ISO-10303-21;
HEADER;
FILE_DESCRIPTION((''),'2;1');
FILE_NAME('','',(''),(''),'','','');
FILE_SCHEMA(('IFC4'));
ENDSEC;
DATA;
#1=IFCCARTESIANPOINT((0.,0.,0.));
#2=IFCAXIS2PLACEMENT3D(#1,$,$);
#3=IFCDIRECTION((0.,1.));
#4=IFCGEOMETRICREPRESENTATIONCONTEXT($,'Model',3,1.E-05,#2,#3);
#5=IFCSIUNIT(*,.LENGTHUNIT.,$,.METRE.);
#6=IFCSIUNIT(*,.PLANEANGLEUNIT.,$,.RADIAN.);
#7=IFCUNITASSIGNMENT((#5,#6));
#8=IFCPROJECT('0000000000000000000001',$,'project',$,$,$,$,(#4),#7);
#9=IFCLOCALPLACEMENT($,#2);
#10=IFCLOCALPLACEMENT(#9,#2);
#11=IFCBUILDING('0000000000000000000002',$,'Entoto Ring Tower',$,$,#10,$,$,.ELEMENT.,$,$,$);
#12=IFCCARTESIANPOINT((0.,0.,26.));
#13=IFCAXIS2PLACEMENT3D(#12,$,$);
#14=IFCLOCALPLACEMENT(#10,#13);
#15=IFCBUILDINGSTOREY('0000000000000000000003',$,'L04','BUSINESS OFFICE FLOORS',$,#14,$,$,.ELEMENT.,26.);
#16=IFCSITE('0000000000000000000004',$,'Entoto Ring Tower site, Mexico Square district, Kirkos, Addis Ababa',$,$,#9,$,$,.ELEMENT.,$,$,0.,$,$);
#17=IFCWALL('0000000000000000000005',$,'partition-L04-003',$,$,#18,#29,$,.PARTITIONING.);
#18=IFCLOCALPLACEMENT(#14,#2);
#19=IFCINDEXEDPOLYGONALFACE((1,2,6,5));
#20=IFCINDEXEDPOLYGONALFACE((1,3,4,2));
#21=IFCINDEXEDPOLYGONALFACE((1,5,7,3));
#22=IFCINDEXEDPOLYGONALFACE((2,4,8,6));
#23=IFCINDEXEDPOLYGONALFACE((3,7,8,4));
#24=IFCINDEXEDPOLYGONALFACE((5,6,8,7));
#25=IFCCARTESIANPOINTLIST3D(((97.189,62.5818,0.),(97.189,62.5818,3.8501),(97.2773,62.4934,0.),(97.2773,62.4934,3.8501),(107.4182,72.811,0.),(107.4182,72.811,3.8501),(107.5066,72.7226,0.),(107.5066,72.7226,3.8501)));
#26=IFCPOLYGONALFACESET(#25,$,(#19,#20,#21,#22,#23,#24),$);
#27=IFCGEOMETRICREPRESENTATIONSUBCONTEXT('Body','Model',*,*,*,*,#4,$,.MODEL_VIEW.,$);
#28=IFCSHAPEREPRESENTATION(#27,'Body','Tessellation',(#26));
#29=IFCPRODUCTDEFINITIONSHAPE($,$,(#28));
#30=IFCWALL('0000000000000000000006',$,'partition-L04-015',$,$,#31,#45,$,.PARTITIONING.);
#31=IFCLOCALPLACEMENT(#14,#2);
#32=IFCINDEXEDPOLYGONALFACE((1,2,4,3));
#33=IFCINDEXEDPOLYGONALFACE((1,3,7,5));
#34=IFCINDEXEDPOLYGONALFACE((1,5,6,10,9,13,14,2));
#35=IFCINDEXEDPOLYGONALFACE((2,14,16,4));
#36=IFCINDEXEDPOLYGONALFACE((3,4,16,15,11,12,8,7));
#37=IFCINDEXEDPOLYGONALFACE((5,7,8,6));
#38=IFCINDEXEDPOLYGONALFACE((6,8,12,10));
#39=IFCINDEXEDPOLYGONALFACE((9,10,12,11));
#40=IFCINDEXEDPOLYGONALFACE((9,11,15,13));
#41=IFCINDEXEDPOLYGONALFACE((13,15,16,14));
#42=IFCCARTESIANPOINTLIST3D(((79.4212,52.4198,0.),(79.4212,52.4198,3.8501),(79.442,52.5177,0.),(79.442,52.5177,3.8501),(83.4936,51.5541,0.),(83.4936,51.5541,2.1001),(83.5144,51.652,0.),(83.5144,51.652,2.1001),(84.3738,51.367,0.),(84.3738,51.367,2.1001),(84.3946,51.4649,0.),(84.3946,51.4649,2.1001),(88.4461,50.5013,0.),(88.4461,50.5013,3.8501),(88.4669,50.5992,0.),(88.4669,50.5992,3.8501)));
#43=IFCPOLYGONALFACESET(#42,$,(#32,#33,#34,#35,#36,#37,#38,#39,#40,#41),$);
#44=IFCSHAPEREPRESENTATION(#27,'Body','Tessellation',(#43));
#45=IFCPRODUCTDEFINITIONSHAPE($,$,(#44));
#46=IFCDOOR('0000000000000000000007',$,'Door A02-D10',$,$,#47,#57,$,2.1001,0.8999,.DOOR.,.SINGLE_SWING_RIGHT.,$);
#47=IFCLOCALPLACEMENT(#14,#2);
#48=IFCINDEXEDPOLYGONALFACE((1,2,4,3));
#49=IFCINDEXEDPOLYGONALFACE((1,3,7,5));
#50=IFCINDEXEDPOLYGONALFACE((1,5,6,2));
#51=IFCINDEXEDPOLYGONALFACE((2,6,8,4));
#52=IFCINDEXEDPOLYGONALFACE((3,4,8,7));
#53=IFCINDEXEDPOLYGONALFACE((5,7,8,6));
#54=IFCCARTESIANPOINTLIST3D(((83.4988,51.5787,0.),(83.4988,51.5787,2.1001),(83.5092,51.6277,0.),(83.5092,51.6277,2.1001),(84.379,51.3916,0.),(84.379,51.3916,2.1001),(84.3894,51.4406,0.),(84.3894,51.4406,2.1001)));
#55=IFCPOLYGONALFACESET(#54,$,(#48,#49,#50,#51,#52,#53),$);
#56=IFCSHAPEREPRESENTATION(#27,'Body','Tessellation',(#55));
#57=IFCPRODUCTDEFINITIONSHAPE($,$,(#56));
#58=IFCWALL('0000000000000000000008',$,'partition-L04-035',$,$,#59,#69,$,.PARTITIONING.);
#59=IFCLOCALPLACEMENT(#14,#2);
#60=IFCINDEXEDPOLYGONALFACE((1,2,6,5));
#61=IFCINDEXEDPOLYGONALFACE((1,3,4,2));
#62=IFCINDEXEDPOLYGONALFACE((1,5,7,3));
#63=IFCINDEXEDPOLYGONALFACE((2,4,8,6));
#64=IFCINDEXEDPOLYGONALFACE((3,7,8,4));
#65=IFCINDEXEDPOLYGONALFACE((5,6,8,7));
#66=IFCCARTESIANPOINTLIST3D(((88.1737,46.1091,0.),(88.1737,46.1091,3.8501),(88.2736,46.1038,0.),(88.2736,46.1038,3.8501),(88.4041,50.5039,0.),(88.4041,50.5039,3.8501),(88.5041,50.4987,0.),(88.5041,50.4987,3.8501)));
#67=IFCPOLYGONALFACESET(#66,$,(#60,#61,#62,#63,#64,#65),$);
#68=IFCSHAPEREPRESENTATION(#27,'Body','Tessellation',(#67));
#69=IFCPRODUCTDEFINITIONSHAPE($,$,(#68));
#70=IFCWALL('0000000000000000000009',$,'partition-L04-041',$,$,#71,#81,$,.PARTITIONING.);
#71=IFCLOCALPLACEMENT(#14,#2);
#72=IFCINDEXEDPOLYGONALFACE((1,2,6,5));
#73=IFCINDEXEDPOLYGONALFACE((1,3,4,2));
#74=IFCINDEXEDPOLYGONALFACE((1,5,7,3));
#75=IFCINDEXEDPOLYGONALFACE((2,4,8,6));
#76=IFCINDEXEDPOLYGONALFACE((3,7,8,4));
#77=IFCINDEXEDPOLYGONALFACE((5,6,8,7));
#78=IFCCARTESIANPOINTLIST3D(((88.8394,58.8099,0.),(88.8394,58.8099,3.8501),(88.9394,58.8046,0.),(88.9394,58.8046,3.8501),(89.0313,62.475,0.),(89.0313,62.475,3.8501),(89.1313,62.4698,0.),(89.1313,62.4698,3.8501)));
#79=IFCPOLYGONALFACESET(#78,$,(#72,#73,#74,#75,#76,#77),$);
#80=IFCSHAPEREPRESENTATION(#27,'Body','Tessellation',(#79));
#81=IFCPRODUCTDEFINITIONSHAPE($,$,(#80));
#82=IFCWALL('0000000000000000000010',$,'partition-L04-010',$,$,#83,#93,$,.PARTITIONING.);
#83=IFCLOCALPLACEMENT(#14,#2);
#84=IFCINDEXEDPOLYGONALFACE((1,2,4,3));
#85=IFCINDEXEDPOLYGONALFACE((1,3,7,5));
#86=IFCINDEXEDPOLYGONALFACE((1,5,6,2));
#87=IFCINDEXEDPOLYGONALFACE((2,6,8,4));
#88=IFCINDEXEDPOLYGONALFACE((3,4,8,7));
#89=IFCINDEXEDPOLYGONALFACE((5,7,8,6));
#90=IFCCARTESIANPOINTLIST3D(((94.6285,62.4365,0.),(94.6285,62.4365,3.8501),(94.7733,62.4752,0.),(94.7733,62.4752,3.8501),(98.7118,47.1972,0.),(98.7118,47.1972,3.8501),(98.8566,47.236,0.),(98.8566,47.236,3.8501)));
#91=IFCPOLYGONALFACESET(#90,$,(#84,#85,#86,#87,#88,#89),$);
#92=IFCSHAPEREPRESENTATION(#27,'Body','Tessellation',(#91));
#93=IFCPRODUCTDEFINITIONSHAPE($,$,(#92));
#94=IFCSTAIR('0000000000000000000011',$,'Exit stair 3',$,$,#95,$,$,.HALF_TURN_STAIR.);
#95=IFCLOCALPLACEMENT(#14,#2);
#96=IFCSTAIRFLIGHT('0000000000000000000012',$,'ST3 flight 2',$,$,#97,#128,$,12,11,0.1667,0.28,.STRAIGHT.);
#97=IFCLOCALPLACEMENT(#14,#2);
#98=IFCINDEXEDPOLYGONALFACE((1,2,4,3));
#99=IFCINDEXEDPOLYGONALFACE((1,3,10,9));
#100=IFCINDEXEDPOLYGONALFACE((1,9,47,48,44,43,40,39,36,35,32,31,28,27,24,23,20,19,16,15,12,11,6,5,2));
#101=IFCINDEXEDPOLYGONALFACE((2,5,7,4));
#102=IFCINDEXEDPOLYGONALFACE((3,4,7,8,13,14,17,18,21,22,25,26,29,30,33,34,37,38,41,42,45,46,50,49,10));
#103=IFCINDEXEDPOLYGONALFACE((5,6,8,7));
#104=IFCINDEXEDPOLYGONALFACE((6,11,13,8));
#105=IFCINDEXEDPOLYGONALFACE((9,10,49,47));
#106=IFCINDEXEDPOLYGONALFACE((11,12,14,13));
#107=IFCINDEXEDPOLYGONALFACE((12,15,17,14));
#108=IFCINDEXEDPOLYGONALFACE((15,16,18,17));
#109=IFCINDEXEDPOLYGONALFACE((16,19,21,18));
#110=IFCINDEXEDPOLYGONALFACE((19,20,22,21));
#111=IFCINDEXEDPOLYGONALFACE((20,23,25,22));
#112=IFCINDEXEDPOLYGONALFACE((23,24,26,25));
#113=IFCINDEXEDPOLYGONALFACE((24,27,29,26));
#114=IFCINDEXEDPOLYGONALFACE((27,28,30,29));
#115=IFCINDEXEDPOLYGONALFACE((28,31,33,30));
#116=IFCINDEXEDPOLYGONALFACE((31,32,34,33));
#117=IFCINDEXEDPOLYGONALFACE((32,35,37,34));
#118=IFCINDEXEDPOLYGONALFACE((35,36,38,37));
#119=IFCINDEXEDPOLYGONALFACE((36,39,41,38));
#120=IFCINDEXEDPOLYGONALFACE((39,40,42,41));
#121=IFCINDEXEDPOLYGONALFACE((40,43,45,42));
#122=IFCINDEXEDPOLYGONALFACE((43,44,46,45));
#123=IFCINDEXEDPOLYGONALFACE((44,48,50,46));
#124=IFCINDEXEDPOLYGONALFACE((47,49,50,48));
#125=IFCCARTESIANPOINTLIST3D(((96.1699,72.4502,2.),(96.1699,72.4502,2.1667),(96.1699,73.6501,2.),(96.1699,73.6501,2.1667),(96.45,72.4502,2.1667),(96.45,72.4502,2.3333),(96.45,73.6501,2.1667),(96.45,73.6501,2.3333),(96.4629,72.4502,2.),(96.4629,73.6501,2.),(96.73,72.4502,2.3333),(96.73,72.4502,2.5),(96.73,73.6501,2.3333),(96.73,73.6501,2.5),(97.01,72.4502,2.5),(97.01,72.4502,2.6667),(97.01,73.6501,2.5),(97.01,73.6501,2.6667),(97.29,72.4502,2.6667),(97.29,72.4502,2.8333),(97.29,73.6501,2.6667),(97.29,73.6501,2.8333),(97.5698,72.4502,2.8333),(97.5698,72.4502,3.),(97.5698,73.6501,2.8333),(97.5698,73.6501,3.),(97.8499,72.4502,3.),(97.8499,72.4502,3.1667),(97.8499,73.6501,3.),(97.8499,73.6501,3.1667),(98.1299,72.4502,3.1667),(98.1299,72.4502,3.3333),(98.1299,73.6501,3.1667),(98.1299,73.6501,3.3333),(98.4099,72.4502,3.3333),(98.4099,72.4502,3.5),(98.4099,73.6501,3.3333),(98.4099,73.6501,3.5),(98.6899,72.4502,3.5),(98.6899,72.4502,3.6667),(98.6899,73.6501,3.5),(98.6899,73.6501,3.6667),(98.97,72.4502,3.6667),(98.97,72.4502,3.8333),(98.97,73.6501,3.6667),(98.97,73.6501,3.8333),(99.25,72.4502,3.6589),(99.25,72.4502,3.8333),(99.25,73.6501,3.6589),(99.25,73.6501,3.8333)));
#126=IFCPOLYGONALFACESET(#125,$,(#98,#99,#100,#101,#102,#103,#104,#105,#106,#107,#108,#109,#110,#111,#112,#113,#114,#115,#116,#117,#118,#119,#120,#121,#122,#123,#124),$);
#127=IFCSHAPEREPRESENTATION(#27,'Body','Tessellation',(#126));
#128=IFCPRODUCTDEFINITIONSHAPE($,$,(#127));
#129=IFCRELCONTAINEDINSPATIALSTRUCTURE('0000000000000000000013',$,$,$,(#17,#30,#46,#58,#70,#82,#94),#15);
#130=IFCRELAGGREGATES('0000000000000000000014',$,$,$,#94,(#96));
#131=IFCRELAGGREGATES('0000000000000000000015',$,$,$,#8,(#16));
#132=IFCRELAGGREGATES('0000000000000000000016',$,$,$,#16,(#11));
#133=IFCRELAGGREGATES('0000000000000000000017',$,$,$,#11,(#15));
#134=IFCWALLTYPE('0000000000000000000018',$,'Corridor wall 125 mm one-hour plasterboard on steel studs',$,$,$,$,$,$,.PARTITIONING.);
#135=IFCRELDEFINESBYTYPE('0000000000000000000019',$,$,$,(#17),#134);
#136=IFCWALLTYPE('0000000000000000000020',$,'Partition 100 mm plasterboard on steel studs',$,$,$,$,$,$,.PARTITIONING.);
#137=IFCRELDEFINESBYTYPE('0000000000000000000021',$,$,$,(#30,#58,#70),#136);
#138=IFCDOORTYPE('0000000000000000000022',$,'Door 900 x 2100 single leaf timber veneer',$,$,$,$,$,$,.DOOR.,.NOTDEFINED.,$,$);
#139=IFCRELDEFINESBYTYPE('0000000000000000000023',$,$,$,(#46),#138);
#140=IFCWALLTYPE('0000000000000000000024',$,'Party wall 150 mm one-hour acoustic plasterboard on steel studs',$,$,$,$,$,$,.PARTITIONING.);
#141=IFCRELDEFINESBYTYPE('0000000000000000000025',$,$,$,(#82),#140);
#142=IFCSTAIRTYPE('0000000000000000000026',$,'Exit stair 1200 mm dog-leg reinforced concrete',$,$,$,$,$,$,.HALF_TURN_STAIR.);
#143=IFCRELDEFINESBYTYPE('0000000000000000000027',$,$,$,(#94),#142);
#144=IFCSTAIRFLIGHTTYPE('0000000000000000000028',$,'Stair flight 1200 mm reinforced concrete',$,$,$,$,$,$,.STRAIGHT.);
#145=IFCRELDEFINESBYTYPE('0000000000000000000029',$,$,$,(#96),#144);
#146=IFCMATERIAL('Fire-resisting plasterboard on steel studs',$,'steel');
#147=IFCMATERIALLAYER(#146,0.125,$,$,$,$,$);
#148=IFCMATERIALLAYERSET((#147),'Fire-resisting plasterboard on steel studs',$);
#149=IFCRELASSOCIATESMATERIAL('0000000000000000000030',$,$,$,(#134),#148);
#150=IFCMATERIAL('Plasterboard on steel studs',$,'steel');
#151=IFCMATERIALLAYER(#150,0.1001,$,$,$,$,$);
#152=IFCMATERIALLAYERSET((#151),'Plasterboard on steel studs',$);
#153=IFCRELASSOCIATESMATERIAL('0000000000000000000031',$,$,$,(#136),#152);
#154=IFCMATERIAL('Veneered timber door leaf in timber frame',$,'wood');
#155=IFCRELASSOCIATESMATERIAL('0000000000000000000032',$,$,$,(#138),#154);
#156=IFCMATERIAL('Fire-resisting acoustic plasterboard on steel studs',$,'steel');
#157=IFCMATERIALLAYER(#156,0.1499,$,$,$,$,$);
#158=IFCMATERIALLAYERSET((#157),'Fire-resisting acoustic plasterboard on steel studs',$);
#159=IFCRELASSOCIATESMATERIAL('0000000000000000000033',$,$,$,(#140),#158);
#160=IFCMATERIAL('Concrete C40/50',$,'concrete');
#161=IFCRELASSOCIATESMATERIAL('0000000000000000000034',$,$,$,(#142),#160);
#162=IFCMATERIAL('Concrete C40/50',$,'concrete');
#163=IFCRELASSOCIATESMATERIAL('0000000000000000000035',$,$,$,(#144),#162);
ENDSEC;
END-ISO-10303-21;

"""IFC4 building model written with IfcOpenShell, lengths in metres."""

from ifc_helpers import new_model, si_unit, direction, frame, frame_2d, origin, place, context, subcontext, project, spatial, polyline, rectangle, outline, extrude, material, layer, layer_set, type_object, element, fill, aggregate, save


model = new_model("IFC4")

# Units and contexts
model_context = context("Model", 3, precision=1e-05, world=origin(), true_north=direction((0.0, 1.0)))
body_context = subcontext(model_context, "Body", "Model", "MODEL_VIEW")
ifc_project = project(units=[si_unit("LENGTHUNIT", "METRE"), si_unit("PLANEANGLEUNIT", "RADIAN")], contexts=[model_context])

# Site, building, storey
site_placement = place(None, origin())
site = spatial("IfcSite", under=ifc_project, at=site_placement, Name="Entoto Ring Tower site, Mexico Square district, Kirkos, Addis Ababa", CompositionType="ELEMENT", RefElevation=0.0)
building_placement = place(site_placement, origin())
building = spatial("IfcBuilding", under=site, at=building_placement, Name="Entoto Ring Tower", CompositionType="ELEMENT")
storey_placement = place(building_placement, frame((0.0, 0.0, 26.0)))
storey = spatial("IfcBuildingStorey", under=building, at=storey_placement, Name="L04", Description="BUSINESS OFFICE FLOORS", CompositionType="ELEMENT", Elevation=26.0)

# Wall
ifc_material_1 = material(Name="Fire-resisting plasterboard on steel studs", Category="steel")
ifc_layer_1 = layer(ifc_material_1, 0.125)
ifc_layer_set_1 = layer_set([ifc_layer_1], Name="Fire-resisting plasterboard on steel studs")
wall_type_1 = type_object("IfcWallType", Name="Corridor wall 125 mm one-hour plasterboard on steel studs", PredefinedType="PARTITIONING", material=ifc_layer_set_1)
wall_1_placement = place(storey_placement, frame((97.2332, 62.5376, 0.0), z_axis=(0.0, 0.0, 1.0), x_axis=(0.707107, 0.707107, 0.0)))
element("IfcWall", 1, at=wall_1_placement, inside=storey, type_object=wall_type_1, Name="partition-L04-003", PredefinedType="PARTITIONING", context=body_context, shape_type="SweptSolid", body=[
    extrude(rectangle(XDim=14.4663, YDim=0.125, at=frame_2d((7.2332, 0.0))), origin(), (0.0, 0.0, 1.0), 3.8501),
])

# Wall, opening, door
ifc_material_2 = material(Name="Plasterboard on steel studs", Category="steel")
ifc_layer_2 = layer(ifc_material_2, 0.1001)
ifc_layer_set_2 = layer_set([ifc_layer_2], Name="Plasterboard on steel studs")
wall_type_2 = type_object("IfcWallType", Name="Partition 100 mm plasterboard on steel studs", PredefinedType="PARTITIONING", material=ifc_layer_set_2)
wall_2_placement = place(storey_placement, frame((88.4565, 50.5503, 0.0), z_axis=(0.0, 0.0, 1.0), x_axis=(-0.978144, 0.207928, 0.0)))
wall_2 = element("IfcWall", 2, at=wall_2_placement, inside=storey, type_object=wall_type_2, Name="partition-L04-015", PredefinedType="PARTITIONING", context=body_context, shape_type="SweptSolid", body=[
    extrude(rectangle(XDim=9.2266, YDim=0.1001, at=frame_2d((4.6133, 0.0))), origin(), (0.0, 0.0, 1.0), 3.8501),
])
opening_1_placement = place(wall_2_placement, frame((4.1633, 0.0, 0.0)))
opening_1 = element("IfcOpeningElement", 3, at=opening_1_placement, cuts=wall_2, PredefinedType="OPENING", context=body_context, shape_type="SweptSolid", body=[
    extrude(rectangle(XDim=0.8999, YDim=2.1001, at=frame_2d((0.45, 1.05))), frame((0.0, 0.0601, 0.0), z_axis=(0.0, -1.0, 0.0), x_axis=(1.0, 0.0, 0.0)), (0.0, 0.0, 1.0), 0.1201),
])
ifc_material_3 = material(Name="Veneered timber door leaf in timber frame", Category="wood")
door_type_1 = type_object("IfcDoorType", Name="Door 900 x 2100 single leaf timber veneer", OperationType="NOTDEFINED", PredefinedType="DOOR", material=ifc_material_3)
door_1_placement = place(opening_1_placement, origin())
door_1 = element("IfcDoor", 4, at=door_1_placement, inside=storey, type_object=door_type_1, Name="Door A02-D10", OperationType="SINGLE_SWING_RIGHT", OverallHeight=2.1001, OverallWidth=0.8999, PredefinedType="DOOR", context=body_context, shape_type="SweptSolid", body=[
    extrude(rectangle(XDim=0.8999, YDim=2.1001, at=frame_2d((0.45, 1.05))), frame((0.0, 0.0249, 0.0), z_axis=(0.0, -1.0, 0.0), x_axis=(1.0, 0.0, 0.0)), (0.0, 0.0, 1.0), 0.05),
])
fill(opening_1, door_1)

# Walls
wall_3_placement = place(storey_placement, frame((88.2236, 46.1064, 0.0), z_axis=(0.0, 0.0, 1.0), x_axis=(0.05237, 0.998628, 0.0)))
element("IfcWall", 5, at=wall_3_placement, inside=storey, type_object=wall_type_2, Name="partition-L04-035", PredefinedType="PARTITIONING", context=body_context, shape_type="SweptSolid", body=[
    extrude(rectangle(XDim=4.4009, YDim=0.1001, at=frame_2d((2.2004, 0.0))), origin(), (0.0, 0.0, 1.0), 3.8501),
])
wall_4_placement = place(storey_placement, frame((88.8894, 58.8074, 0.0), z_axis=(0.0, 0.0, 1.0), x_axis=(0.052286, 0.998632, 0.0)))
element("IfcWall", 6, at=wall_4_placement, inside=storey, type_object=wall_type_2, Name="partition-L04-041", PredefinedType="PARTITIONING", context=body_context, shape_type="SweptSolid", body=[
    extrude(rectangle(XDim=3.6702, YDim=0.1001, at=frame_2d((1.835, 0.0))), origin(), (0.0, 0.0, 1.0), 3.8501),
])
ifc_material_4 = material(Name="Fire-resisting acoustic plasterboard on steel studs", Category="steel")
ifc_layer_3 = layer(ifc_material_4, 0.1499)
ifc_layer_set_3 = layer_set([ifc_layer_3], Name="Fire-resisting acoustic plasterboard on steel studs")
wall_type_3 = type_object("IfcWallType", Name="Party wall 150 mm one-hour acoustic plasterboard on steel studs", PredefinedType="PARTITIONING", material=ifc_layer_set_3)
wall_5_placement = place(storey_placement, frame((98.7842, 47.2166, 0.0), z_axis=(0.0, 0.0, 1.0), x_axis=(-0.258813, 0.965927, 0.0)))
element("IfcWall", 7, at=wall_5_placement, inside=storey, type_object=wall_type_3, Name="partition-L04-010", PredefinedType="PARTITIONING", context=body_context, shape_type="SweptSolid", body=[
    extrude(rectangle(XDim=15.7769, YDim=0.1499, at=frame_2d((7.8884, 0.0))), origin(), (0.0, 0.0, 1.0), 3.8501),
])

# Stair, stair flight
ifc_material_5 = material(Name="Concrete C40/50", Category="concrete")
stair_type = type_object("IfcStairType", Name="Exit stair 1200 mm dog-leg reinforced concrete", PredefinedType="HALF_TURN_STAIR", material=ifc_material_5)
stair_placement = place(storey_placement, origin())
stair = element("IfcStair", 8, at=stair_placement, inside=storey, type_object=stair_type, Name="Exit stair 3", PredefinedType="HALF_TURN_STAIR")
ifc_material_6 = material(Name="Concrete C40/50", Category="concrete")
stair_flight_type = type_object("IfcStairFlightType", Name="Stair flight 1200 mm reinforced concrete", PredefinedType="STRAIGHT", material=ifc_material_6)
stair_flight_placement = place(storey_placement, frame((96.1699, 73.05, 2.0), z_axis=(0.0, 0.0, 1.0), x_axis=(1.0, 0.0, 0.0)))
stair_flight = element("IfcStairFlight", 9, at=stair_flight_placement, type_object=stair_flight_type, Name="ST3 flight 2", NumberOfRisers=12, NumberOfTreads=11, PredefinedType="STRAIGHT", RiserHeight=0.1667, TreadLength=0.28, context=body_context, shape_type="SweptSolid", body=[
    extrude(outline(polyline([(0.0, 0.0), (0.0, 0.1667), (0.28, 0.1667), (0.28, 0.3333), (0.5601, 0.3333), (0.5601, 0.5), (0.8401, 0.5), (0.8401, 0.6667), (1.1201, 0.6667), (1.1201, 0.8333), (1.3999, 0.8333), (1.3999, 1.0), (1.6799, 1.0), (1.6799, 1.1667), (1.96, 1.1667), (1.96, 1.3333), (2.24, 1.3333), (2.24, 1.5), (2.52, 1.5), (2.52, 1.6667), (2.8, 1.6667), (2.8, 1.8333), (3.0801, 1.8333), (3.0801, 2.0), (3.0801, 1.6589), (0.293, 0.0), (0.0, 0.0)])), frame((0.0, 0.6001, 0.0), z_axis=(0.0, -1.0, 0.0), x_axis=(1.0, 0.0, 0.0)), (0.0, 0.0, 1.0), 1.2),
])
aggregate(stair, [stair_flight])

save(model, "model.ifc")
